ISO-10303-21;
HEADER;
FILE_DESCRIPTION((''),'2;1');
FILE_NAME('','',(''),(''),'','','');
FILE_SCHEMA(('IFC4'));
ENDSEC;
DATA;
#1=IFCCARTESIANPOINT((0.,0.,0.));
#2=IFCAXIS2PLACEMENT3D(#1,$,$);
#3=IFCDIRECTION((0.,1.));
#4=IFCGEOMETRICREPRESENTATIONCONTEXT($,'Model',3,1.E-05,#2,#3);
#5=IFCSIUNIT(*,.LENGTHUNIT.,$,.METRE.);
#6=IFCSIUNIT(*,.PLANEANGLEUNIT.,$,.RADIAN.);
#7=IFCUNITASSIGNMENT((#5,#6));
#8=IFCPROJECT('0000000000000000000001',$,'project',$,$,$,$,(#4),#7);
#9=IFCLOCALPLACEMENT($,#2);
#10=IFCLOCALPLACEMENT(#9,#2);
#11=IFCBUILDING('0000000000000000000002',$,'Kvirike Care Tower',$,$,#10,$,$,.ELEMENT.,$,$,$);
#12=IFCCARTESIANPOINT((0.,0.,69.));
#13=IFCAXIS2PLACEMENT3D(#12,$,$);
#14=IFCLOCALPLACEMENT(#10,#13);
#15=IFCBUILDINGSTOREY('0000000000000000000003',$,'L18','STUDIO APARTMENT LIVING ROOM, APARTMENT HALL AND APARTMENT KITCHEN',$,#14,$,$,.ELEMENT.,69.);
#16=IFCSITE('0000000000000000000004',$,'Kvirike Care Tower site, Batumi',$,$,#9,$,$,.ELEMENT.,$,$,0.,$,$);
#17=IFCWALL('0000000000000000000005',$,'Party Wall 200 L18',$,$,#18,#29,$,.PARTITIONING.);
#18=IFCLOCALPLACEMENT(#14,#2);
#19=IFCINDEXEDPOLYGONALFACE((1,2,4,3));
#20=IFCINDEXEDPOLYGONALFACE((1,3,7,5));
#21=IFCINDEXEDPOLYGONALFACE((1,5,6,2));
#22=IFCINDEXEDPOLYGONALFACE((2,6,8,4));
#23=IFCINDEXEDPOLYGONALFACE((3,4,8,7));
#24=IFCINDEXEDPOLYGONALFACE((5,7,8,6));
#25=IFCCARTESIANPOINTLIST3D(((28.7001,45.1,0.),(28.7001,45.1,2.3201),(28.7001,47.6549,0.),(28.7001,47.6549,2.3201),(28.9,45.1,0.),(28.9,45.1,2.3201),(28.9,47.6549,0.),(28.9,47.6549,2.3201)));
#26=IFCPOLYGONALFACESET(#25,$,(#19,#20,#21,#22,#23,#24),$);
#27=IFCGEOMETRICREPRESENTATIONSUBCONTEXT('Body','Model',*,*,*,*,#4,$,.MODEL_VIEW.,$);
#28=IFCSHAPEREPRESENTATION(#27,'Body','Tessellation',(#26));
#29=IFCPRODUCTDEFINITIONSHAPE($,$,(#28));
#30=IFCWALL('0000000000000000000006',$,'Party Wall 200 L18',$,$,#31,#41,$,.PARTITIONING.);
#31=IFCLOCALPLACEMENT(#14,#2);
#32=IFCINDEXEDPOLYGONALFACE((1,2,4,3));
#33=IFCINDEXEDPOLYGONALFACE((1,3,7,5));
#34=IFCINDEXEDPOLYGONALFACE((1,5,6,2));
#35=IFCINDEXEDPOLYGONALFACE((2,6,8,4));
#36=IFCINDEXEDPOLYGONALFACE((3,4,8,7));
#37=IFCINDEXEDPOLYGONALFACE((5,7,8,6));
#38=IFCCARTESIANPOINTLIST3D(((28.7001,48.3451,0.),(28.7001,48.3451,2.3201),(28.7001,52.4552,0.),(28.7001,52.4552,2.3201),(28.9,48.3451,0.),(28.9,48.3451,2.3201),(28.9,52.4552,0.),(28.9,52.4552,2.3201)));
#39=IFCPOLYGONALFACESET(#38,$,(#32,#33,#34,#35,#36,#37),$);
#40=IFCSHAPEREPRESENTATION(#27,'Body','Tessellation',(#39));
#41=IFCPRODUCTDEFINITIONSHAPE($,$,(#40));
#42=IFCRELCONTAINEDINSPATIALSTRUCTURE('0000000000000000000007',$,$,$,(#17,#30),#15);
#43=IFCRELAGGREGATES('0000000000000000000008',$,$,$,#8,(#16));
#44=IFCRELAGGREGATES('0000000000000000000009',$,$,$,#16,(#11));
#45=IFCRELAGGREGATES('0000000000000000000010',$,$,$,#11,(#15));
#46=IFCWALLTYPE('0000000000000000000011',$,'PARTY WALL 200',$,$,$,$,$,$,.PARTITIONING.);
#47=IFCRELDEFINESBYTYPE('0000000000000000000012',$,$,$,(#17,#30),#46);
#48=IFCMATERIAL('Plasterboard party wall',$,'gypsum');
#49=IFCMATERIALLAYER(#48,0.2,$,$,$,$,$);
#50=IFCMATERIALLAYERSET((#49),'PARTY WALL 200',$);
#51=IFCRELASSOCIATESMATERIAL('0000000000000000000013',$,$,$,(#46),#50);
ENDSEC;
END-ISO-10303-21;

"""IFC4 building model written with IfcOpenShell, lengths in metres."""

from ifc_helpers import new_model, si_unit, direction, frame, frame_2d, origin, place, context, subcontext, project, spatial, rectangle, extrude, material, layer, layer_set, type_object, element, save


model = new_model("IFC4")

# Units and contexts
model_context = context("Model", 3, precision=1e-05, world=origin(), true_north=direction((0.0, 1.0)))
body_context = subcontext(model_context, "Body", "Model", "MODEL_VIEW")
ifc_project = project(units=[si_unit("LENGTHUNIT", "METRE"), si_unit("PLANEANGLEUNIT", "RADIAN")], contexts=[model_context])

# Site, building, storey
site_placement = place(None, origin())
site = spatial("IfcSite", under=ifc_project, at=site_placement, Name="Kvirike Care Tower site, Batumi", CompositionType="ELEMENT", RefElevation=0.0)
building_placement = place(site_placement, origin())
building = spatial("IfcBuilding", under=site, at=building_placement, Name="Kvirike Care Tower", CompositionType="ELEMENT")
storey_placement = place(building_placement, frame((0.0, 0.0, 69.0)))
storey = spatial("IfcBuildingStorey", under=building, at=storey_placement, Name="L18", Description="STUDIO APARTMENT LIVING ROOM, APARTMENT HALL AND APARTMENT KITCHEN", CompositionType="ELEMENT", Elevation=69.0)

# Walls
ifc_material_1 = material(Name="Plasterboard party wall", Category="gypsum")
ifc_layer_1 = layer(ifc_material_1, 0.2)
ifc_layer_set_1 = layer_set([ifc_layer_1], Name="PARTY WALL 200")
wall_type_1 = type_object("IfcWallType", Name="PARTY WALL 200", PredefinedType="PARTITIONING", material=ifc_layer_set_1)
wall_1_placement = place(storey_placement, frame((28.8, 45.1001, 0.0), z_axis=(0.0, 0.0, 1.0), x_axis=(0.0, 1.0, 0.0)))
element("IfcWall", 1, at=wall_1_placement, inside=storey, type_object=wall_type_1, Name="Party Wall 200 L18", PredefinedType="PARTITIONING", context=body_context, shape_type="SweptSolid", body=[
    extrude(rectangle(XDim=2.5549, YDim=0.2, at=frame_2d((1.2773, 0.0))), origin(), (0.0, 0.0, 1.0), 2.3201),
])
wall_2_placement = place(storey_placement, frame((28.8, 48.345, 0.0), z_axis=(0.0, 0.0, 1.0), x_axis=(0.0, 1.0, 0.0)))
element("IfcWall", 2, at=wall_2_placement, inside=storey, type_object=wall_type_1, Name="Party Wall 200 L18", PredefinedType="PARTITIONING", context=body_context, shape_type="SweptSolid", body=[
    extrude(rectangle(XDim=4.1101, YDim=0.2, at=frame_2d((2.0552, 0.0))), origin(), (0.0, 0.0, 1.0), 2.3201),
])

save(model, "model.ifc")
